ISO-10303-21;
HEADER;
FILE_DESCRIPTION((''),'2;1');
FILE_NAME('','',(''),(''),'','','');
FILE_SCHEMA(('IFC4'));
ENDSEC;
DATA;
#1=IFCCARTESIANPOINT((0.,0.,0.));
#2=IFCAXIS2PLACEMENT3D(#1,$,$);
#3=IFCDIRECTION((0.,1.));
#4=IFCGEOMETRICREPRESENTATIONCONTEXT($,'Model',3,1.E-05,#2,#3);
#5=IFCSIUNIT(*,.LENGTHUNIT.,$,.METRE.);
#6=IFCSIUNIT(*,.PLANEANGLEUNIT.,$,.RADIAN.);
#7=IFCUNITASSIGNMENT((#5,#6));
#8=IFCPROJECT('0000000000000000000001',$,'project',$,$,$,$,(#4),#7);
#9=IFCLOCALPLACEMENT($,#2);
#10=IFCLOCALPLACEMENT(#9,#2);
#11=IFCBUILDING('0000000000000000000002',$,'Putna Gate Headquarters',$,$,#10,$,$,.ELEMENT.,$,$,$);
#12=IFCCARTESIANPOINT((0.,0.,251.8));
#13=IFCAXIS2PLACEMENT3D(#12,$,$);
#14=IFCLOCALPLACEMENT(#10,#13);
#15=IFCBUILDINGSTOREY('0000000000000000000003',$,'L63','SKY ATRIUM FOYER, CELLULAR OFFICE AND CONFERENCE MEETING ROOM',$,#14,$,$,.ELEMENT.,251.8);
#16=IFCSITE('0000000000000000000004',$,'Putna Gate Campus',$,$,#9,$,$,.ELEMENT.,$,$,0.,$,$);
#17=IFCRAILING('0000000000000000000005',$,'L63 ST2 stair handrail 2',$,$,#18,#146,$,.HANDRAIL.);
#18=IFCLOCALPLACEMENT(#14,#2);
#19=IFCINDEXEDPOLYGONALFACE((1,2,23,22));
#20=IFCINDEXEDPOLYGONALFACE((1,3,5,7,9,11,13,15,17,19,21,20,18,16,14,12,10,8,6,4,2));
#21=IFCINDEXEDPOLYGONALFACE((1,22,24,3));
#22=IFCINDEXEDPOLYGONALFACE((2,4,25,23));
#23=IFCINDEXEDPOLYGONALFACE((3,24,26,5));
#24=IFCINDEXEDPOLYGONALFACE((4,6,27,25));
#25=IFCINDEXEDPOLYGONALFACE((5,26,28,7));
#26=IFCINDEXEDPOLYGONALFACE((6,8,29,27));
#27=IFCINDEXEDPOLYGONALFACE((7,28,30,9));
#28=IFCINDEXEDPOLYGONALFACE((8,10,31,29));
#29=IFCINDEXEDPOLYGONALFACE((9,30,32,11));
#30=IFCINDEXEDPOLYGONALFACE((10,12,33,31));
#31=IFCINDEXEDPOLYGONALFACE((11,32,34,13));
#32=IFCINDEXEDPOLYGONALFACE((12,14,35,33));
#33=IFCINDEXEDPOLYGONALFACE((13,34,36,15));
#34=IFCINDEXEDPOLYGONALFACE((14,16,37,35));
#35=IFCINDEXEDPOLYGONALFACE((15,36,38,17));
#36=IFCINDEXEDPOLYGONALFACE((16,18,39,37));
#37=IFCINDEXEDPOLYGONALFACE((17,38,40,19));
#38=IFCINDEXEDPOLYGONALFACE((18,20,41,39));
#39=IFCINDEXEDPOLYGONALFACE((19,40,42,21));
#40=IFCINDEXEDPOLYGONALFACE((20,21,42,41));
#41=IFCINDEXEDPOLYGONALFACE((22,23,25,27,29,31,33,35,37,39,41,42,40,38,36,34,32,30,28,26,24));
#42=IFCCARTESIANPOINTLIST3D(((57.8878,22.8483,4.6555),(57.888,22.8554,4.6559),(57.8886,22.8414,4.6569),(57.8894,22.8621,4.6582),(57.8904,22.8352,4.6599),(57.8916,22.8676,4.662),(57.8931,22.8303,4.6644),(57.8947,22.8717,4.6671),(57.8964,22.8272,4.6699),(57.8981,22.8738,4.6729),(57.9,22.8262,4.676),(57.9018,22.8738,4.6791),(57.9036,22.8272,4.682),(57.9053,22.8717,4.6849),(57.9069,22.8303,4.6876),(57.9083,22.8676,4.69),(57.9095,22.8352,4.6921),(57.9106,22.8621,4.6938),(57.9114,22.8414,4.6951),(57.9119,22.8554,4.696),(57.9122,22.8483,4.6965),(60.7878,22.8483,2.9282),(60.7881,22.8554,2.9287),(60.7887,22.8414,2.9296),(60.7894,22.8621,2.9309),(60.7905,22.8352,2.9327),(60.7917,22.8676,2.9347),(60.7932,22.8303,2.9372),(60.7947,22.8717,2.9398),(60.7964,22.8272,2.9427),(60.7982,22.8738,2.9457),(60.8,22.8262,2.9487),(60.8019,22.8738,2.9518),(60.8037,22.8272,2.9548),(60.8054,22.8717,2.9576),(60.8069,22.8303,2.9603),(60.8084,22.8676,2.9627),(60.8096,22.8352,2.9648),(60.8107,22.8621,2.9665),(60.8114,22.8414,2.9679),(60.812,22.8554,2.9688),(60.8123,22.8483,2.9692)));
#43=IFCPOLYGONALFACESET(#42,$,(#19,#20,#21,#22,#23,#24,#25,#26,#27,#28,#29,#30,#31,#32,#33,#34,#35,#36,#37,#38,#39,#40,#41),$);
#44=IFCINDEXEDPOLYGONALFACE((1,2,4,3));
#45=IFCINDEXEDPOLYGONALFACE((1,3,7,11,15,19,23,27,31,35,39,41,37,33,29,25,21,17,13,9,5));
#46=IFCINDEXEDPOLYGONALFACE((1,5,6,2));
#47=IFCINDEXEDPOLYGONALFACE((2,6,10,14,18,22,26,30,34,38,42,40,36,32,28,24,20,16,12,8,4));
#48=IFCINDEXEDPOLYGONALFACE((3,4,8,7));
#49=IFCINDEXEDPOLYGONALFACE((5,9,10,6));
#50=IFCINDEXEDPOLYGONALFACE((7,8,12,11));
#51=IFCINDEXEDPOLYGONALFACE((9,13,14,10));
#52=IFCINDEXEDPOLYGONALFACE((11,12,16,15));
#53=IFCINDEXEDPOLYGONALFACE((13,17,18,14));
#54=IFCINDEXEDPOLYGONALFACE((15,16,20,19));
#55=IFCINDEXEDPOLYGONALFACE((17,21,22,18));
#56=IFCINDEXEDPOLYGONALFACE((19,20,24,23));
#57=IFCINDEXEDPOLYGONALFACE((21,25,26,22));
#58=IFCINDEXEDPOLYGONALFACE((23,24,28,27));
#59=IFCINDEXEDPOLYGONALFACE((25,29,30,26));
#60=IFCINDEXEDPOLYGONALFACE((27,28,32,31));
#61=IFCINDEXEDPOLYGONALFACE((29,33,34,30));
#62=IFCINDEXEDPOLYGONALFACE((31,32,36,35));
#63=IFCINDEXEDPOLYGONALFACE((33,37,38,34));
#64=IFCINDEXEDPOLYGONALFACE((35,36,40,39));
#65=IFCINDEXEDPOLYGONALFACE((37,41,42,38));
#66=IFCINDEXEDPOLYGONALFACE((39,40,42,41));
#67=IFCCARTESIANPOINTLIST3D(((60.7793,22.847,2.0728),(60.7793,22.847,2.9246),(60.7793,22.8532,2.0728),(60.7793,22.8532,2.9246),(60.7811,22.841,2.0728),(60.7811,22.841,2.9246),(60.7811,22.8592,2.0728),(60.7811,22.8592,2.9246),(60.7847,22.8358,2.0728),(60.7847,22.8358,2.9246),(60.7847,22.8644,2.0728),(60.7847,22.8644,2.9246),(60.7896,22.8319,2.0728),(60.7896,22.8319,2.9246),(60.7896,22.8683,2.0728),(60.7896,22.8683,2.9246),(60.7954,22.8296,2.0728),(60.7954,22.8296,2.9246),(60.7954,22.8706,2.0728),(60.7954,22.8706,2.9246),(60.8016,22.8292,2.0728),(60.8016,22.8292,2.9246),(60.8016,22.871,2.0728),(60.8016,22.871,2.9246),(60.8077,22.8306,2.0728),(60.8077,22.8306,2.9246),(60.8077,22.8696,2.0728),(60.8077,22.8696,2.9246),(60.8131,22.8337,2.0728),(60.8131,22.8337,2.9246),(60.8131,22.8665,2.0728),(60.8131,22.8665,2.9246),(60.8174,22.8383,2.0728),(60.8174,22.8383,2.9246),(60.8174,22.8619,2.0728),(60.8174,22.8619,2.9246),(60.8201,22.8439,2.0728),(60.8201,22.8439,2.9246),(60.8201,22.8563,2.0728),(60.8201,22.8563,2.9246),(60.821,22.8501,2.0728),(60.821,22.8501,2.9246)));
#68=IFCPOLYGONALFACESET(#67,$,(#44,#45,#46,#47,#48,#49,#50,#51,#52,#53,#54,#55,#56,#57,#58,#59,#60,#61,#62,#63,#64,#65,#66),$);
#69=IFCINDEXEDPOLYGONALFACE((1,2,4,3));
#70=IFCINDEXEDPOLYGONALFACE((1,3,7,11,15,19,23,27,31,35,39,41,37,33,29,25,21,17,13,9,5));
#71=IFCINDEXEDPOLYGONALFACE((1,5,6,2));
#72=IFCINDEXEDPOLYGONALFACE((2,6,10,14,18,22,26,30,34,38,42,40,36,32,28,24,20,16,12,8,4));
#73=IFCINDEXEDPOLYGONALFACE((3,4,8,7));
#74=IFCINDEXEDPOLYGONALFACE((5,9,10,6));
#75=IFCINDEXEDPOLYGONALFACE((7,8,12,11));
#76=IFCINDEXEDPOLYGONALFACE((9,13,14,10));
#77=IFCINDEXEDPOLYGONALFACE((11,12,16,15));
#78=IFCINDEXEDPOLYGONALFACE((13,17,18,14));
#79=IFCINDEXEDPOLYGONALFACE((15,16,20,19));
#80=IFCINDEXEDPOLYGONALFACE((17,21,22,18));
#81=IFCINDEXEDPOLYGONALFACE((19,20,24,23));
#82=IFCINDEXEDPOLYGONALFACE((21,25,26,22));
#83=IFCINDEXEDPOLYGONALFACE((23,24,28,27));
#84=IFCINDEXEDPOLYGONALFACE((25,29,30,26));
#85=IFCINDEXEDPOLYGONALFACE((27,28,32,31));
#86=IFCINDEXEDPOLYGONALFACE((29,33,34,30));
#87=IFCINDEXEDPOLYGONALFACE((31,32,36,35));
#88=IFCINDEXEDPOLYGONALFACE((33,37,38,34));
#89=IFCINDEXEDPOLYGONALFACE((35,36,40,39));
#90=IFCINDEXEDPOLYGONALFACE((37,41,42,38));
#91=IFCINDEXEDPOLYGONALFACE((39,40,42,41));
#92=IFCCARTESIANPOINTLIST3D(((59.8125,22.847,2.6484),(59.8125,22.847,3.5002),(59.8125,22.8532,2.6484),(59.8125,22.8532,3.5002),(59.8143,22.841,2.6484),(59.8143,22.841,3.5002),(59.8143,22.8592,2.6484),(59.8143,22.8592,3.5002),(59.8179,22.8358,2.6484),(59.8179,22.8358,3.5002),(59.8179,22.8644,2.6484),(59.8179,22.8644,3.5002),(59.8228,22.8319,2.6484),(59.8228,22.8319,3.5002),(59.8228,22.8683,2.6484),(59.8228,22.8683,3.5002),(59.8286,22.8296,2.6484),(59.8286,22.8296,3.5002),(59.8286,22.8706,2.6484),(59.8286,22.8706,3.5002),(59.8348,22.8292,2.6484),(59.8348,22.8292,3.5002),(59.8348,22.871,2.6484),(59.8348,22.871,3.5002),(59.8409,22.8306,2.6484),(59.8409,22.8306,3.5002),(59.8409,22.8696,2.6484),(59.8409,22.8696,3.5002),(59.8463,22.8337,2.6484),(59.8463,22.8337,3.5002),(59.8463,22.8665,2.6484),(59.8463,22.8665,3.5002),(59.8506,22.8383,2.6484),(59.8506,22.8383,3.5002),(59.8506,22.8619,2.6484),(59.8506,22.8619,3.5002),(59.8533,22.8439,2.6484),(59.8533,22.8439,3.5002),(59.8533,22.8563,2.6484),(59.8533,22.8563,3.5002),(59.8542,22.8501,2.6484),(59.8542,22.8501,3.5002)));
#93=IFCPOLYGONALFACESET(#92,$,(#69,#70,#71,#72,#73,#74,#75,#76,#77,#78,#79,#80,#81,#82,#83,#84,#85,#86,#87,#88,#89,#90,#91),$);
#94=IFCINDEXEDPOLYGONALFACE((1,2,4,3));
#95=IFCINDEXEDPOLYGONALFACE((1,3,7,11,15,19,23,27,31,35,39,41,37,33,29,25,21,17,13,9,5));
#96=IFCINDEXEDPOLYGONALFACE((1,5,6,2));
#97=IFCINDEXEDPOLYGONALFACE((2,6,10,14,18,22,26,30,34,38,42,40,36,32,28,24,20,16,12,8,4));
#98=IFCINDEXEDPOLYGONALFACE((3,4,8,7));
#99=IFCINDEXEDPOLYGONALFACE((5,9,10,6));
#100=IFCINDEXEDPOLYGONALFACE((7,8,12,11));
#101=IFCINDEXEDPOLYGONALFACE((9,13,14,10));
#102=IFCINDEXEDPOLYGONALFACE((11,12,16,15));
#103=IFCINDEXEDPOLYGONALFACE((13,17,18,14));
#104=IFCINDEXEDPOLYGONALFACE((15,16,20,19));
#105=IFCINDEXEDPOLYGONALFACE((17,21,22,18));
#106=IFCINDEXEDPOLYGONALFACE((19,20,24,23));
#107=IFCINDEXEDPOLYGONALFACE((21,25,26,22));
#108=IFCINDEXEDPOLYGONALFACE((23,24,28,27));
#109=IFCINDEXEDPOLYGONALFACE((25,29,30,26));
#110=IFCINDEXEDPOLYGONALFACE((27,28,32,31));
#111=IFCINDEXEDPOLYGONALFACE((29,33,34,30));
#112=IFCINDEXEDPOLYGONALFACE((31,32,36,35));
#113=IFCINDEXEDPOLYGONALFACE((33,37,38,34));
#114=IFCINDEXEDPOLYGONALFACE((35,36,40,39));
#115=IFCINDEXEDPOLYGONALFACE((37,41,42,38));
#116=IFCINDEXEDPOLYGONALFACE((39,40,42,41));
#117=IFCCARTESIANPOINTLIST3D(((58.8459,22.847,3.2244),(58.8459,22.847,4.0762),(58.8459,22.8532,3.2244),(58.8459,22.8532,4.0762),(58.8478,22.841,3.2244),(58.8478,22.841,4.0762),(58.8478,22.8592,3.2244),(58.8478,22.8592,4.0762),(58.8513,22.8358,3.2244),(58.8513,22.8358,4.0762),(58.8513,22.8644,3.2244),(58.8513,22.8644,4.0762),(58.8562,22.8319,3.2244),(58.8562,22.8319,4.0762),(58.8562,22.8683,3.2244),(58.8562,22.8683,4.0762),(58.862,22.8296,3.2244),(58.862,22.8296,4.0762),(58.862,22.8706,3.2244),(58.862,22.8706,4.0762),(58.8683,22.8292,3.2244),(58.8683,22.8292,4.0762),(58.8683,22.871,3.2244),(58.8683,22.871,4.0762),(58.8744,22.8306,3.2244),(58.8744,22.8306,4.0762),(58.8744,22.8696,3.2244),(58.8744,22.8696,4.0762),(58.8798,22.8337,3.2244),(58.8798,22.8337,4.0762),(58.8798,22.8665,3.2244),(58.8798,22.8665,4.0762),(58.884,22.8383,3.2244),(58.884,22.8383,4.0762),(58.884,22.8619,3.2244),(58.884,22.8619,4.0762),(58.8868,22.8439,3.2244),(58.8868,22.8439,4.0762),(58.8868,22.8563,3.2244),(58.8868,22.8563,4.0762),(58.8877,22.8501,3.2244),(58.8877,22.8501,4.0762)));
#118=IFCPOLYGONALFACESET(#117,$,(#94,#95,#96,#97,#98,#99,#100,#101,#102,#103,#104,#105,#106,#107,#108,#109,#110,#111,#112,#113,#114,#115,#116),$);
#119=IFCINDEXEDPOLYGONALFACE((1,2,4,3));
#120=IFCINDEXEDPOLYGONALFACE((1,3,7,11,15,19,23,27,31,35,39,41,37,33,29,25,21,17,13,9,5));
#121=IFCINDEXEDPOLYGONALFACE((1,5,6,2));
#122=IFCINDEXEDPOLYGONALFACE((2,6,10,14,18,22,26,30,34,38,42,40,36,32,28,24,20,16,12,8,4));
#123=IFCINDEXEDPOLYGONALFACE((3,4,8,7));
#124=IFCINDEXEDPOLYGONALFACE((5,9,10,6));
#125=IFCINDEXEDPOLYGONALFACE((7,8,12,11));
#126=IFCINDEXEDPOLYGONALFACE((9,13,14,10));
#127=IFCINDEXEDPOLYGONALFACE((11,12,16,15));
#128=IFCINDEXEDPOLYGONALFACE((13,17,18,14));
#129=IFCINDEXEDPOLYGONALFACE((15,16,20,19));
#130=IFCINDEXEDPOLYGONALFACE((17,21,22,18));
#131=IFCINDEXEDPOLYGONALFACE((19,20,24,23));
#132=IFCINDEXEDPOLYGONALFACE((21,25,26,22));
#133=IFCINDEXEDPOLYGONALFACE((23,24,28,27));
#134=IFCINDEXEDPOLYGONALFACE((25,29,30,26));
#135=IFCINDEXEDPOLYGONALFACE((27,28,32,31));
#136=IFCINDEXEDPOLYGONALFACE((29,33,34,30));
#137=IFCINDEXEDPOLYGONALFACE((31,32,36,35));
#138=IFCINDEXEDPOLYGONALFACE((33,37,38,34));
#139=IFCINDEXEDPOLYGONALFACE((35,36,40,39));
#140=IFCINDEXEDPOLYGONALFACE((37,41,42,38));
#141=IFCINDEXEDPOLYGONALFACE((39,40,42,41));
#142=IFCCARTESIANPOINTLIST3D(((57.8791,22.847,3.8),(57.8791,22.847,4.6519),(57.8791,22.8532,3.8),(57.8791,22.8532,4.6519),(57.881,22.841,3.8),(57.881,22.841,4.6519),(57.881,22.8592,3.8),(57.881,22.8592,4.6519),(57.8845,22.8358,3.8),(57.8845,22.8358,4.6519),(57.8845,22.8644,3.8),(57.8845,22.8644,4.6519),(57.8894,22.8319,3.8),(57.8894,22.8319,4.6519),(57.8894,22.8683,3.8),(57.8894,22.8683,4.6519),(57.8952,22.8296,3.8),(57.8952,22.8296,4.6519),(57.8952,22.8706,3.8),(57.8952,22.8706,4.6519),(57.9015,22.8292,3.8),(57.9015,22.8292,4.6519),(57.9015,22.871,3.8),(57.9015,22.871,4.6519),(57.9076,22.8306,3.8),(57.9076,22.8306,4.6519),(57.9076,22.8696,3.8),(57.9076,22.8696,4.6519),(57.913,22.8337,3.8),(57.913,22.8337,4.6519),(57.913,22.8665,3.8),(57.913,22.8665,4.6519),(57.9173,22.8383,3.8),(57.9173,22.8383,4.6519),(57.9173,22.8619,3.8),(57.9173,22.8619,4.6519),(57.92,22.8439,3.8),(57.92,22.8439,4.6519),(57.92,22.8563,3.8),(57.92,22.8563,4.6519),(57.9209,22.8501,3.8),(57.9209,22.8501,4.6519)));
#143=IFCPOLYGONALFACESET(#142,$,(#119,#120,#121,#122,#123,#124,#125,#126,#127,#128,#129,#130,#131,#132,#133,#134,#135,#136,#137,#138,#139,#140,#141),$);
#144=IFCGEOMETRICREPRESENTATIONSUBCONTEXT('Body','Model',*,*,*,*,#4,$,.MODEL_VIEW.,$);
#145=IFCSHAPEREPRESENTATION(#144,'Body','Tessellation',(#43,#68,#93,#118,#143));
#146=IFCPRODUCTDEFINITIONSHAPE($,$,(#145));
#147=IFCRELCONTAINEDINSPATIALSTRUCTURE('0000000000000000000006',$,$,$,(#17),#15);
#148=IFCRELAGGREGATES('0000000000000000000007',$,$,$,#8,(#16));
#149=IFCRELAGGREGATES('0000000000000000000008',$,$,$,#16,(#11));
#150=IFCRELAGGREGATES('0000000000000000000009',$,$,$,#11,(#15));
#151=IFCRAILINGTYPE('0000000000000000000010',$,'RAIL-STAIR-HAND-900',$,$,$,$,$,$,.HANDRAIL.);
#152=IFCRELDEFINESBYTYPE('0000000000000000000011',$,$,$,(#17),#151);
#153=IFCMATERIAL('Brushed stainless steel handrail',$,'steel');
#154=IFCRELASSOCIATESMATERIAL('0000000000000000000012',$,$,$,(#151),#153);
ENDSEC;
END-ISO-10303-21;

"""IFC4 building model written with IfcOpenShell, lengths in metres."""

from ifc_helpers import new_model, si_unit, direction, frame, origin, origin_2d, place, context, subcontext, project, spatial, circle, extrude, material, type_object, element, save


model = new_model("IFC4")

# Units and contexts
model_context = context("Model", 3, precision=1e-05, world=origin(), true_north=direction((0.0, 1.0)))
body_context = subcontext(model_context, "Body", "Model", "MODEL_VIEW")
ifc_project = project(units=[si_unit("LENGTHUNIT", "METRE"), si_unit("PLANEANGLEUNIT", "RADIAN")], contexts=[model_context])

# Site, building, storey
site_placement = place(None, origin())
site = spatial("IfcSite", under=ifc_project, at=site_placement, Name="Putna Gate Campus", CompositionType="ELEMENT", RefElevation=0.0)
building_placement = place(site_placement, origin())
building = spatial("IfcBuilding", under=site, at=building_placement, Name="Putna Gate Headquarters", CompositionType="ELEMENT")
storey_placement = place(building_placement, frame((0.0, 0.0, 251.8)))
storey = spatial("IfcBuildingStorey", under=building, at=storey_placement, Name="L63", Description="SKY ATRIUM FOYER, CELLULAR OFFICE AND CONFERENCE MEETING ROOM", CompositionType="ELEMENT", Elevation=251.8)

# Railing
ifc_material_1 = material(Name="Brushed stainless steel handrail", Category="steel")
railing_type = type_object("IfcRailingType", Name="RAIL-STAIR-HAND-900", PredefinedType="HANDRAIL", material=ifc_material_1)
railing_placement = place(storey_placement, frame((60.8, 22.8501, 2.0728)))
element("IfcRailing", 1, at=railing_placement, inside=storey, type_object=railing_type, Name="L63 ST2 stair handrail 2", PredefinedType="HANDRAIL", context=body_context, shape_type="SweptSolid", body=[
    extrude(circle(Radius=0.0239, at=origin_2d()), frame((0.0, 0.0, 0.876), z_axis=(-0.85916, 0.0, 0.511706), x_axis=(0.0, -1.0, 0.0)), (0.0, 0.0, 1.0), 3.3755),
    extrude(circle(Radius=0.021, at=origin_2d()), origin(), (0.0, 0.0, 1.0), 0.8518),
    extrude(circle(Radius=0.021, at=origin_2d()), frame((-0.9668, 0.0, 0.5757)), (0.0, 0.0, 1.0), 0.8518),
    extrude(circle(Radius=0.021, at=origin_2d()), frame((-1.9333, 0.0, 1.1516)), (0.0, 0.0, 1.0), 0.8518),
    extrude(circle(Radius=0.021, at=origin_2d()), frame((-2.9001, 0.0, 1.7273)), (0.0, 0.0, 1.0), 0.8518),
])

save(model, "model.ifc")
